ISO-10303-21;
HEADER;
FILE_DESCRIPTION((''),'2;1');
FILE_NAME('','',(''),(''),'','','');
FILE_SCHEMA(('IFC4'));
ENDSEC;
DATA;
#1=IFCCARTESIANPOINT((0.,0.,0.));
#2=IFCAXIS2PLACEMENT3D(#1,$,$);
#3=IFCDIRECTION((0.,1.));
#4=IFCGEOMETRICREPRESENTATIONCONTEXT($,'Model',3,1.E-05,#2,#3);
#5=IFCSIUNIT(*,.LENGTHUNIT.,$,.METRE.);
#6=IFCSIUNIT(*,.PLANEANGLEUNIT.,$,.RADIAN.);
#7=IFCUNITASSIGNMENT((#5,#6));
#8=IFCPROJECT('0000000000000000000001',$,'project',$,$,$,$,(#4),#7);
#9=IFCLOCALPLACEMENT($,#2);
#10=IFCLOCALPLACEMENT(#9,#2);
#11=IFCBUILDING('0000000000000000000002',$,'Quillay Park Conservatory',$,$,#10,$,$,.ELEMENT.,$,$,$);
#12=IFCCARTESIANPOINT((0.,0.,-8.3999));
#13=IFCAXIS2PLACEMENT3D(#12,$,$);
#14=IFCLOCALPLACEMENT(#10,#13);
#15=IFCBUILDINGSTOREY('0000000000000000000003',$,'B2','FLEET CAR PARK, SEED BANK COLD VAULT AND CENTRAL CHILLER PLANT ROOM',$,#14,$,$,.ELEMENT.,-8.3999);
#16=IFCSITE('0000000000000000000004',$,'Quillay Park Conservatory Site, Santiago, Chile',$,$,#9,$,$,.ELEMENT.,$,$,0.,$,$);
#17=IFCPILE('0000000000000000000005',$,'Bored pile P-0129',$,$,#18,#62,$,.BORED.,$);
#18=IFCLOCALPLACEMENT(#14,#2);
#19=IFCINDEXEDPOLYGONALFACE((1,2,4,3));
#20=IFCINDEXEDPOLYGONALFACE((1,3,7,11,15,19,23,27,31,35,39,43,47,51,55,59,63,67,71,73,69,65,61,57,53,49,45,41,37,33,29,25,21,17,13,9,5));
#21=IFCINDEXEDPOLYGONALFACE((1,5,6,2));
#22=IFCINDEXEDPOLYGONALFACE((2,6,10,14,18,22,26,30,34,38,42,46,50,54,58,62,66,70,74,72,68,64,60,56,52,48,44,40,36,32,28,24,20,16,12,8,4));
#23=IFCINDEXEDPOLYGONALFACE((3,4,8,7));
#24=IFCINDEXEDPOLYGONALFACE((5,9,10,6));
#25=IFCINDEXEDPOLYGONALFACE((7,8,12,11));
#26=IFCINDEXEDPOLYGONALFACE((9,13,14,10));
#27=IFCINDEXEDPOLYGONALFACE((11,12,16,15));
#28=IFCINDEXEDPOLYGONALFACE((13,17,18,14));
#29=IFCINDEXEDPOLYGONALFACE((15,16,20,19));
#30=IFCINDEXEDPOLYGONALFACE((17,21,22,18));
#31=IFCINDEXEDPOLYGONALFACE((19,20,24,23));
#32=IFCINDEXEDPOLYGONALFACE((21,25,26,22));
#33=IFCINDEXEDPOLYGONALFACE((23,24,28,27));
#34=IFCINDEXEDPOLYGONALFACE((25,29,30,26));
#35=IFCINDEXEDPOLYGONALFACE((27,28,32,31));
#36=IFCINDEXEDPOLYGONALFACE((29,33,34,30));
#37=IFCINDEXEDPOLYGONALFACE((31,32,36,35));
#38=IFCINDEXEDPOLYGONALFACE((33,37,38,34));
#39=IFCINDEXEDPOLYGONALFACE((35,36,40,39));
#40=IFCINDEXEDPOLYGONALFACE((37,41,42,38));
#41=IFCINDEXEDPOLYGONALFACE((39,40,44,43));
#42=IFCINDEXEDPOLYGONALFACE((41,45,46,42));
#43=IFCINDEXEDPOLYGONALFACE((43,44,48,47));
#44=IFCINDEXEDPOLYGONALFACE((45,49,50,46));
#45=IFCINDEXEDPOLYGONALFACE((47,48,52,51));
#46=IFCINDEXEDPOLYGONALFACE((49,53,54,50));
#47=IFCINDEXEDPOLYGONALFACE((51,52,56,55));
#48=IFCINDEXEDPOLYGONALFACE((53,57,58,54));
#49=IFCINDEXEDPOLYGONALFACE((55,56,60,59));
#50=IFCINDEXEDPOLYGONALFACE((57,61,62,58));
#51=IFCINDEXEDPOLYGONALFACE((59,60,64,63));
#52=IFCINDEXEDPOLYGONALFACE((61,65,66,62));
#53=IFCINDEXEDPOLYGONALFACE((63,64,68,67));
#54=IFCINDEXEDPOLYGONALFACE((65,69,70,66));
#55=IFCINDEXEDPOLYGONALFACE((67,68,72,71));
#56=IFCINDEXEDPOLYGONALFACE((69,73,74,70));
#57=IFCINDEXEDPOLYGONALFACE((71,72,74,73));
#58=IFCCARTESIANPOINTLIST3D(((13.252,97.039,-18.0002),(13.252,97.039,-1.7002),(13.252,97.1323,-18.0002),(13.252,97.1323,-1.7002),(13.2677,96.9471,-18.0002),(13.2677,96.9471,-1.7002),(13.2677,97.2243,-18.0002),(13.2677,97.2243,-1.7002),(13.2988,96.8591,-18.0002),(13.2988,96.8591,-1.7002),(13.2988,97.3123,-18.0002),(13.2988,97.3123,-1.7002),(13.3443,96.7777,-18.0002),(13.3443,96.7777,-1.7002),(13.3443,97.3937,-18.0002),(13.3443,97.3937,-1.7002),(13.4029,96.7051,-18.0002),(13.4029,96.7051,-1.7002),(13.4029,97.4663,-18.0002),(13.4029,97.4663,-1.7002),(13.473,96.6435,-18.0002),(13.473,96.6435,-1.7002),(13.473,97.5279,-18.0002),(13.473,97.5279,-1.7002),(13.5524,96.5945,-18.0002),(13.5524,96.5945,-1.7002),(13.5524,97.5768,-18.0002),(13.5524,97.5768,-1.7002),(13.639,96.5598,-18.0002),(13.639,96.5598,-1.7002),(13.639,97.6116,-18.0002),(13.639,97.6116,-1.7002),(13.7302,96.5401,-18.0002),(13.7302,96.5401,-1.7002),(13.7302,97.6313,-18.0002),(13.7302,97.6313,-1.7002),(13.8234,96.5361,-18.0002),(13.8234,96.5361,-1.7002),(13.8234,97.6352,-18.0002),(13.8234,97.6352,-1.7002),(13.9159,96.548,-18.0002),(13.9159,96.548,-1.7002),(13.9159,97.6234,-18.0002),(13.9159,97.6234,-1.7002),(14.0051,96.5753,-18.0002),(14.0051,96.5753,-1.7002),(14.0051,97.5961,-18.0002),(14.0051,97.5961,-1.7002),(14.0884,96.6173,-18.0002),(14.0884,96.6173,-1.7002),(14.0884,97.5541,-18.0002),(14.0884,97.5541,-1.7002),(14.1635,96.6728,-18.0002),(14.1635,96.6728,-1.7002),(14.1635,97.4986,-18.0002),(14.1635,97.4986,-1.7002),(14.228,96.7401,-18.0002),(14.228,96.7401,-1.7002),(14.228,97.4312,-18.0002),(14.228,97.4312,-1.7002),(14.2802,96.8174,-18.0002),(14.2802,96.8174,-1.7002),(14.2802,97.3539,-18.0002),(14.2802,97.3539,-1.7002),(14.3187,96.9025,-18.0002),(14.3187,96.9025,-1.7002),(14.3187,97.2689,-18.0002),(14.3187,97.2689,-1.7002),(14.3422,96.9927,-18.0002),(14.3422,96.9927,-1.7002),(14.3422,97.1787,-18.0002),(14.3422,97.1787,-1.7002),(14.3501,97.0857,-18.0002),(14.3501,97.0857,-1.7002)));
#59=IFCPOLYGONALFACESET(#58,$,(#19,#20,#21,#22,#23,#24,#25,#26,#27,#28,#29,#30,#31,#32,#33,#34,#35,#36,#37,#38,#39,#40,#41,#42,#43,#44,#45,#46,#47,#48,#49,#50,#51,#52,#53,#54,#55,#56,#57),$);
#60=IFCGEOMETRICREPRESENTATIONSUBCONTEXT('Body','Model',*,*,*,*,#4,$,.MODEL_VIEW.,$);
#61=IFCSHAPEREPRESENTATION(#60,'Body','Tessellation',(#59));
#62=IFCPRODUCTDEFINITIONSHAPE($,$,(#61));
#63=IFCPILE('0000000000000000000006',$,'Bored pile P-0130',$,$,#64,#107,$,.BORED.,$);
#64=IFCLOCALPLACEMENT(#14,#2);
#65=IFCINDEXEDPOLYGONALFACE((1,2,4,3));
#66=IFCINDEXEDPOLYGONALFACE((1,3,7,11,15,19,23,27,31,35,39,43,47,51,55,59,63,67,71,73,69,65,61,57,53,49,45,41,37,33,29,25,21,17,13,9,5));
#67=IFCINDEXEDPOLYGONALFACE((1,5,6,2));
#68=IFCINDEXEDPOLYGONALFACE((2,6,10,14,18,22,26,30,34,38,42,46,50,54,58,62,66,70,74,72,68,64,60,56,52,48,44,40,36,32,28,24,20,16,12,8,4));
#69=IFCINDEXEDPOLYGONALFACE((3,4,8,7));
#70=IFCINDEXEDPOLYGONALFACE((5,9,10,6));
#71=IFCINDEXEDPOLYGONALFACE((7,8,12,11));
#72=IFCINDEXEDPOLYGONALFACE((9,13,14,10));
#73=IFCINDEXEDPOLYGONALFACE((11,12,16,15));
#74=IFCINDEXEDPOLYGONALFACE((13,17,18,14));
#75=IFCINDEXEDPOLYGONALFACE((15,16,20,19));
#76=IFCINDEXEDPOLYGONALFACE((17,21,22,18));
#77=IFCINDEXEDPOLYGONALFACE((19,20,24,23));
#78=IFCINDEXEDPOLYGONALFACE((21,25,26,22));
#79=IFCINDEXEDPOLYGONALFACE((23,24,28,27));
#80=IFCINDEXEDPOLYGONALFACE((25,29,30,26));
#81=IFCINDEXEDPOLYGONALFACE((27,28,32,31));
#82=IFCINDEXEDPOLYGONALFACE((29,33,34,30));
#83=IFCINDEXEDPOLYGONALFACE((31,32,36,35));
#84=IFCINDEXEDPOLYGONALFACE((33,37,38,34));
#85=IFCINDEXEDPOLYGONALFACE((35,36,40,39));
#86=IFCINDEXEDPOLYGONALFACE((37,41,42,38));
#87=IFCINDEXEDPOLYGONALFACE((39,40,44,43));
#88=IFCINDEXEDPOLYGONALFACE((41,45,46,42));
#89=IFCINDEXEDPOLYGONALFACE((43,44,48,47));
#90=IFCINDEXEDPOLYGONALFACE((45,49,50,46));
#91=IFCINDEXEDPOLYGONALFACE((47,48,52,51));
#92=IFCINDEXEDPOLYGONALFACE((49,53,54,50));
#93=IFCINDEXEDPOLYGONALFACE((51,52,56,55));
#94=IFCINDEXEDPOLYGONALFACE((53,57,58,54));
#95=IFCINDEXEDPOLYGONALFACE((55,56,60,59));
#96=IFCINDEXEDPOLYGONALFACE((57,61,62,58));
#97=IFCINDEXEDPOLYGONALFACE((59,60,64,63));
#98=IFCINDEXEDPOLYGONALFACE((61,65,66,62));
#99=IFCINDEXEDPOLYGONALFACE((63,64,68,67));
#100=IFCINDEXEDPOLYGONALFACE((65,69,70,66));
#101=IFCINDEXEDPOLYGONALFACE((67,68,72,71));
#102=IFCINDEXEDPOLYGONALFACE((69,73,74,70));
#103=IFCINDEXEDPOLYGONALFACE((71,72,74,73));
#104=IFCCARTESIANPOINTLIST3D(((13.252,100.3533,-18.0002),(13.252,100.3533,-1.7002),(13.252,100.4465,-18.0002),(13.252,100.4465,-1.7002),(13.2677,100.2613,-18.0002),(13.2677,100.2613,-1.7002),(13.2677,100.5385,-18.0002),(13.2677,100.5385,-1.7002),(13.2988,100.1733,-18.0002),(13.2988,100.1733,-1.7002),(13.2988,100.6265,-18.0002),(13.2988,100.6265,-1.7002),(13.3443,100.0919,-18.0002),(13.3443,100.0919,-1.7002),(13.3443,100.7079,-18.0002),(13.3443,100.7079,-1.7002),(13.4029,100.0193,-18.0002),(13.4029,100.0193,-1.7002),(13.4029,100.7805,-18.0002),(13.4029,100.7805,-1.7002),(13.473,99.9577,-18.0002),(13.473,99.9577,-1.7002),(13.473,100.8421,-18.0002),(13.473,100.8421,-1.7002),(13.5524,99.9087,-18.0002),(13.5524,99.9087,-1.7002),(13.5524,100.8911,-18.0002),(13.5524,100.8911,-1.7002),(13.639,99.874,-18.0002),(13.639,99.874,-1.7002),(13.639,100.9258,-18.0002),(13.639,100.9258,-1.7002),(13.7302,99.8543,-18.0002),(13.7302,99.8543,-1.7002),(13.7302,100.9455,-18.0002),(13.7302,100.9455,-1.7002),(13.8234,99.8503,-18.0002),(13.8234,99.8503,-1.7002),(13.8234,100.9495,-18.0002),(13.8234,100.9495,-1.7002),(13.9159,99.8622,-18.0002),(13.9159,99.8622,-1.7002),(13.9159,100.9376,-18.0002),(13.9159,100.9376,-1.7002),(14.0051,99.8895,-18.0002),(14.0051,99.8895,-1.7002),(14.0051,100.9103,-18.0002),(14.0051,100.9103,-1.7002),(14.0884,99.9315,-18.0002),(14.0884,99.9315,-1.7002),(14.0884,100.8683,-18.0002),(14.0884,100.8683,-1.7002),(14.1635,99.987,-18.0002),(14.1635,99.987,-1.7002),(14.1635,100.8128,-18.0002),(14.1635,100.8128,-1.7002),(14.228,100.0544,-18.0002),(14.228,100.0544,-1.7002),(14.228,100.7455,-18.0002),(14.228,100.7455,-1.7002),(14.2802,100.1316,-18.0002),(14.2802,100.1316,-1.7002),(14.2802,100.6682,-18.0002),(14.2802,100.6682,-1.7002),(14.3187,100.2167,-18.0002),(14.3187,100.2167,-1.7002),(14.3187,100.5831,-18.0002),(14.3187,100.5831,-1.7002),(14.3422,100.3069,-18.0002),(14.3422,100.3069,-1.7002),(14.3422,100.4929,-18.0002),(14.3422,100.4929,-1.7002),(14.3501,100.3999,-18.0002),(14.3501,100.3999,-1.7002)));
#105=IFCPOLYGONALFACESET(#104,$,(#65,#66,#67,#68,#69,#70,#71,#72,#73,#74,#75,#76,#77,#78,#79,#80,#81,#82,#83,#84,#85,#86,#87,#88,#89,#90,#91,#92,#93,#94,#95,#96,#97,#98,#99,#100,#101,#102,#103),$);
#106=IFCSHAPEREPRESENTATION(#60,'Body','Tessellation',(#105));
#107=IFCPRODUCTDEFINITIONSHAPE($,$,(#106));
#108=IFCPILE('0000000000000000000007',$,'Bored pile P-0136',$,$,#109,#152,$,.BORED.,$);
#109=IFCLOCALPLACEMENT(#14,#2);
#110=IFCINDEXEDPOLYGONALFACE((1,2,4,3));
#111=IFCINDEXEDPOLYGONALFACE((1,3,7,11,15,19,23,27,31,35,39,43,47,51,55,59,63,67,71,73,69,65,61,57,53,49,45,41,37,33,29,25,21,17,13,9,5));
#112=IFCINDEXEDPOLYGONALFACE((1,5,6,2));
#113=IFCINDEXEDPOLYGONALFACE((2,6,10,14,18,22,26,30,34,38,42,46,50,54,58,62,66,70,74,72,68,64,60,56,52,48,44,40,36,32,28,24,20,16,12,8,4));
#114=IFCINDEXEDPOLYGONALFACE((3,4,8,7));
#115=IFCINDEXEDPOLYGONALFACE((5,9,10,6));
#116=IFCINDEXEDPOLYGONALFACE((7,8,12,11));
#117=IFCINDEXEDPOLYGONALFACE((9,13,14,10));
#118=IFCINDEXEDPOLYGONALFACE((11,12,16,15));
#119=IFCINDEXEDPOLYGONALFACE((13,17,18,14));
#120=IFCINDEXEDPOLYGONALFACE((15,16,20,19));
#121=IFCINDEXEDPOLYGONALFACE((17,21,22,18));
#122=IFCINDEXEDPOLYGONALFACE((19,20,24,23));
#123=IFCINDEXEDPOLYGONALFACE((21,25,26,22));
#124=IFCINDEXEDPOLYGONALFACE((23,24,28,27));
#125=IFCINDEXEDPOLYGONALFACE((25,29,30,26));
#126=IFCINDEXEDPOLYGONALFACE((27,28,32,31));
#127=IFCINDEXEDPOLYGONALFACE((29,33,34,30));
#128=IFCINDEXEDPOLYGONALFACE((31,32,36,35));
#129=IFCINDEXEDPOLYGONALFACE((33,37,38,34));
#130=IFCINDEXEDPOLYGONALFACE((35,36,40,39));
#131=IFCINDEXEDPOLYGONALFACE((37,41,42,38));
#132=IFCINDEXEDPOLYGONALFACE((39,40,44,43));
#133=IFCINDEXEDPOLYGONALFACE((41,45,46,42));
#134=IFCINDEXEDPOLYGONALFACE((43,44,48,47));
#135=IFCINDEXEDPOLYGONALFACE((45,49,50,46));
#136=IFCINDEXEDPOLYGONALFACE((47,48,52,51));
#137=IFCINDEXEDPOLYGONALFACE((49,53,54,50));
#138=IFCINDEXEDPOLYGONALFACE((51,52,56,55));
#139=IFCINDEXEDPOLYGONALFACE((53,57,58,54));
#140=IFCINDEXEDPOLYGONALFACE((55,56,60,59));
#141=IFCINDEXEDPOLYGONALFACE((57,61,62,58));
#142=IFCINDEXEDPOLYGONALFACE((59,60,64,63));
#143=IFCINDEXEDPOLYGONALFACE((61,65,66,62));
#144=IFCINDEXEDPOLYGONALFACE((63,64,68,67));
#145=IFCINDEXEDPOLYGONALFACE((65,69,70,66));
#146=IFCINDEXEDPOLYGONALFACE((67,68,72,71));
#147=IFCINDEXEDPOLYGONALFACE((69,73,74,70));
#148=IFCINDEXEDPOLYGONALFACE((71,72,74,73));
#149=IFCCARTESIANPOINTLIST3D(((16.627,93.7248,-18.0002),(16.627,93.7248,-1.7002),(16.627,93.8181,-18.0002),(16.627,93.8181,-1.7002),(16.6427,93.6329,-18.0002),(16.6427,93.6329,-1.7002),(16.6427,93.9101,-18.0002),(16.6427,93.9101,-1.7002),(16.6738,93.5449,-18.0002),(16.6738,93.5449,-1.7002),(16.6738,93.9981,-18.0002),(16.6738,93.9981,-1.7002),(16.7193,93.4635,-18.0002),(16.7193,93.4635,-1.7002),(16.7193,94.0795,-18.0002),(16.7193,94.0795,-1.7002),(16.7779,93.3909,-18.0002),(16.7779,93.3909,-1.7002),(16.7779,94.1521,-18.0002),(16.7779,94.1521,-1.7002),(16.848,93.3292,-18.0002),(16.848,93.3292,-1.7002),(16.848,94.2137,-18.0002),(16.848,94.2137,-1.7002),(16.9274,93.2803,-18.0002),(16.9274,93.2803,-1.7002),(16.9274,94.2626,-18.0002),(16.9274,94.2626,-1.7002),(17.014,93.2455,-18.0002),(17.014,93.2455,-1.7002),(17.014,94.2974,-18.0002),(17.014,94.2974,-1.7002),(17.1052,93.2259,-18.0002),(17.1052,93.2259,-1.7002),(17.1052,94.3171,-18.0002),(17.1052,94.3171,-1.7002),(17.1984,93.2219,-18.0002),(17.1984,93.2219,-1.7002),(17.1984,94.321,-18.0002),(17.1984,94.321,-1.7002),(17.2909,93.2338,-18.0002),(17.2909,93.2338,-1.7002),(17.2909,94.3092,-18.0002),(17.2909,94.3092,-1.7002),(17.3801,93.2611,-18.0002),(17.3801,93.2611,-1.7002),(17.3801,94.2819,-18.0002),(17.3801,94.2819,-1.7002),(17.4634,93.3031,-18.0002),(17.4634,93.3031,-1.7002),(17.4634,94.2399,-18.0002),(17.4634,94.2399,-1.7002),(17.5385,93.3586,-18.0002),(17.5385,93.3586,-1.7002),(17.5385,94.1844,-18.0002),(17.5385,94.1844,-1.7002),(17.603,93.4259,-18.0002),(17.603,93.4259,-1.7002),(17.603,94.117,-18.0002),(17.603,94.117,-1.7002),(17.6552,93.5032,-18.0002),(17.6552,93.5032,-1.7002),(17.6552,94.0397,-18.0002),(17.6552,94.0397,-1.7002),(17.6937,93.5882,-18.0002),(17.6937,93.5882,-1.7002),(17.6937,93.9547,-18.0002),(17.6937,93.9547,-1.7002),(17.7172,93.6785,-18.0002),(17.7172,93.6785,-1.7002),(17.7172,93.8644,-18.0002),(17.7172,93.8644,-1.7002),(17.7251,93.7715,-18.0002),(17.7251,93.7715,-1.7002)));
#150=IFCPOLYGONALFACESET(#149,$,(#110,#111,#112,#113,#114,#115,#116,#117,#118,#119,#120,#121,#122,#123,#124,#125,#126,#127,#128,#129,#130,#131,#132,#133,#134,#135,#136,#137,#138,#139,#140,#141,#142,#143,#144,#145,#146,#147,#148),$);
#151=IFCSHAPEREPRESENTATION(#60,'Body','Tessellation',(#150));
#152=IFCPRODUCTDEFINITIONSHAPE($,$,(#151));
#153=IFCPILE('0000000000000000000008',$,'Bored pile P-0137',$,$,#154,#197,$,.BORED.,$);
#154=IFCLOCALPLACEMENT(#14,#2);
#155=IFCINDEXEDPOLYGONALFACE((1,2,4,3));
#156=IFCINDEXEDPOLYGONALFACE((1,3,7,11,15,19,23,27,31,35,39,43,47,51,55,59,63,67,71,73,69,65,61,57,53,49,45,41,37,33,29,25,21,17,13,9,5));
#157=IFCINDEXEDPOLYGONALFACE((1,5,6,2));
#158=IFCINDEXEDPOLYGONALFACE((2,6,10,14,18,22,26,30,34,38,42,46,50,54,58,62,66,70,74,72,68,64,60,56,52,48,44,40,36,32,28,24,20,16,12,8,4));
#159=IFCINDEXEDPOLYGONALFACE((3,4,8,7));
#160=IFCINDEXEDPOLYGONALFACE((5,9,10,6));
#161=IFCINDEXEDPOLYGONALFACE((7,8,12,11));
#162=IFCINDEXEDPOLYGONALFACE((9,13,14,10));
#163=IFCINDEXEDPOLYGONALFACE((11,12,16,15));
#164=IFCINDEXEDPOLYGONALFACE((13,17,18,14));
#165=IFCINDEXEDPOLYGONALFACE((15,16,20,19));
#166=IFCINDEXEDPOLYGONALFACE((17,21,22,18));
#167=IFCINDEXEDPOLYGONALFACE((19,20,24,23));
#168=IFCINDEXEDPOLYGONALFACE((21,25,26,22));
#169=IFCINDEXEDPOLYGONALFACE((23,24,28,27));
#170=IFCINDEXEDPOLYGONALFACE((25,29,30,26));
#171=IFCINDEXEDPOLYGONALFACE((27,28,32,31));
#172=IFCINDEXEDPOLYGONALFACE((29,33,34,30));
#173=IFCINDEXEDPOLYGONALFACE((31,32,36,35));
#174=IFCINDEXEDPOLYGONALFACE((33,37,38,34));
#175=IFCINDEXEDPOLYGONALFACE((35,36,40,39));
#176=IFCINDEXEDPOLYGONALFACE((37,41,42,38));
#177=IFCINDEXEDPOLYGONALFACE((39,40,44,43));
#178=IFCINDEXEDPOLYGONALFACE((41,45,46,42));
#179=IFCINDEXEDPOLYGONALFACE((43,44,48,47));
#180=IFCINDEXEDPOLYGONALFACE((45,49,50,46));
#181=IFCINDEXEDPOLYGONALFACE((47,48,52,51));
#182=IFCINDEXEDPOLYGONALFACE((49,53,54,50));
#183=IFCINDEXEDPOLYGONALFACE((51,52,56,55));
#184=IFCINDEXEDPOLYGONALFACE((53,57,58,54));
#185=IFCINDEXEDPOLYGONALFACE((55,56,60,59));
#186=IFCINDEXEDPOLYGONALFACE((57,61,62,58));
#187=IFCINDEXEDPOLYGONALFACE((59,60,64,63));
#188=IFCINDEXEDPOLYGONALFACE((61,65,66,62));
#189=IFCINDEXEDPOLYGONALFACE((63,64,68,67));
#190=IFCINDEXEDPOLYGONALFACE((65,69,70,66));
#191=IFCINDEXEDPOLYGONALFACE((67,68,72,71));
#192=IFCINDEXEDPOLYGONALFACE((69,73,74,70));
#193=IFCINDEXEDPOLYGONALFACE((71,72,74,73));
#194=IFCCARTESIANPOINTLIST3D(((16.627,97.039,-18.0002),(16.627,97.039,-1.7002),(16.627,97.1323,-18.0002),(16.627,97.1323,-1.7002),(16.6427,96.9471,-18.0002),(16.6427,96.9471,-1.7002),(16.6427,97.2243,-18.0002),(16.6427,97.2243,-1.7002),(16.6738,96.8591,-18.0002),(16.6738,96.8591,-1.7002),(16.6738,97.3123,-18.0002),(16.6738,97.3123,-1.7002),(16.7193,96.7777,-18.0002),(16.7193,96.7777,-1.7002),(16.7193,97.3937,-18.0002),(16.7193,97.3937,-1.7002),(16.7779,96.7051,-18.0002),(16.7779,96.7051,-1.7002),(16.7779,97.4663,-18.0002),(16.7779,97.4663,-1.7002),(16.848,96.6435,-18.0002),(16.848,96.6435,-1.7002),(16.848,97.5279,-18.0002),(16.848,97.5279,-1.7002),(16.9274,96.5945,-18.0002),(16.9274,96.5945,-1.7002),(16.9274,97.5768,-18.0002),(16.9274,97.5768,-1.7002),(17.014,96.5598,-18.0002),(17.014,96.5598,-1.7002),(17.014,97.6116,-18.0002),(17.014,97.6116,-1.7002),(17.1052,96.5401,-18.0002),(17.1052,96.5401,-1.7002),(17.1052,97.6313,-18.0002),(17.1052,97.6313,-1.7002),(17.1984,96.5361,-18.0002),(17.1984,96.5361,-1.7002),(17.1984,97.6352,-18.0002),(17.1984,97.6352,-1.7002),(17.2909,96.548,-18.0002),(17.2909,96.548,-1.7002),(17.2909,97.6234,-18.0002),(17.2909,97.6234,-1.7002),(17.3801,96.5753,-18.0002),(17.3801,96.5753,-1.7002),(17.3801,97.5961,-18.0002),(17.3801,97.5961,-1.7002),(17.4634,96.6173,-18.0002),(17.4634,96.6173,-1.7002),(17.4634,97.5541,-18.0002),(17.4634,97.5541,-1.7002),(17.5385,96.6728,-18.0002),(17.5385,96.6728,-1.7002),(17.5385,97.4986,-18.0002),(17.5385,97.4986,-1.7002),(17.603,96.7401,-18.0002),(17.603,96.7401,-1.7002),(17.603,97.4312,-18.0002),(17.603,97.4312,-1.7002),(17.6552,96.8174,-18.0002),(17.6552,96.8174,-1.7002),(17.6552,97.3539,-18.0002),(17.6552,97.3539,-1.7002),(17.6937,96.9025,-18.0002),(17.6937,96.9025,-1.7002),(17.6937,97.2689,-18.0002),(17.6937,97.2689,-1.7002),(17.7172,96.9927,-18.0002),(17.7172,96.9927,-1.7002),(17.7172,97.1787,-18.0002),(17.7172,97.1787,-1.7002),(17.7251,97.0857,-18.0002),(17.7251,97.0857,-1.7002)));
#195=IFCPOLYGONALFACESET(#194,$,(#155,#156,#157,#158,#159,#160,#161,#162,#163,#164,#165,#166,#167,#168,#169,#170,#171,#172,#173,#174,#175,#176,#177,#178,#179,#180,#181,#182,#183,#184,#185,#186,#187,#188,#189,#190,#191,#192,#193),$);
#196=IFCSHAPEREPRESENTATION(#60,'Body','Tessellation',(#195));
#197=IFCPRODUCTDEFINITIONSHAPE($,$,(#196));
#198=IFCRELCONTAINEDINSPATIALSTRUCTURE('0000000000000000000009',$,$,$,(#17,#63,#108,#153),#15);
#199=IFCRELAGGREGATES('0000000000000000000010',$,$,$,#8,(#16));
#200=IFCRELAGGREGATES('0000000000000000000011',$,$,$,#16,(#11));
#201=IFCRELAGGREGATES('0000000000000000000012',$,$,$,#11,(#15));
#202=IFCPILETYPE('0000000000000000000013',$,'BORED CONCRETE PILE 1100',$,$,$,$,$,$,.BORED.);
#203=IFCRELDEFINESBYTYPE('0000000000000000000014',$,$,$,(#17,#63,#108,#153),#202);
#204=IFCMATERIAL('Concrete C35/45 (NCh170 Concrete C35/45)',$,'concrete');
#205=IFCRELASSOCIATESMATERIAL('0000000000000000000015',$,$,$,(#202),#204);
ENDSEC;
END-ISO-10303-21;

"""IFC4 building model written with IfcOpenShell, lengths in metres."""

from ifc_helpers import new_model, si_unit, direction, frame, origin, origin_2d, place, context, subcontext, project, spatial, circle, extrude, material, material_profile, profile_set, type_object, element, save


model = new_model("IFC4")

# Units and contexts
model_context = context("Model", 3, precision=1e-05, world=origin(), true_north=direction((0.0, 1.0)))
body_context = subcontext(model_context, "Body", "Model", "MODEL_VIEW")
ifc_project = project(units=[si_unit("LENGTHUNIT", "METRE"), si_unit("PLANEANGLEUNIT", "RADIAN")], contexts=[model_context])

# Site, building, storey
site_placement = place(None, origin())
site = spatial("IfcSite", under=ifc_project, at=site_placement, Name="Quillay Park Conservatory Site, Santiago, Chile", CompositionType="ELEMENT", RefElevation=0.0)
building_placement = place(site_placement, origin())
building = spatial("IfcBuilding", under=site, at=building_placement, Name="Quillay Park Conservatory", CompositionType="ELEMENT")
storey_placement = place(building_placement, frame((0.0, 0.0, -8.3999)))
storey = spatial("IfcBuildingStorey", under=building, at=storey_placement, Name="B2", Description="FLEET CAR PARK, SEED BANK COLD VAULT AND CENTRAL CHILLER PLANT ROOM", CompositionType="ELEMENT", Elevation=-8.3999)

# Piles
ifc_material_1 = material(Name="Concrete C35/45 (NCh170 Concrete C35/45)", Category="concrete")
ifc_material_profile_1 = material_profile(ifc_material_1, circle(Radius=0.55, at=origin_2d()), Name="PILE1100")
ifc_profile_set_1 = profile_set([ifc_material_profile_1], Name="Concrete C35/45 (NCh170 Concrete C35/45)")
pile_type = type_object("IfcPileType", Name="BORED CONCRETE PILE 1100", PredefinedType="BORED", material=ifc_profile_set_1)
for number, where, z_axis, x_axis, name in (
    (1, (13.8, 97.0857, -1.7002), (0.0, 0.0, -1.0), (1.0, 0.0, 0.0), "Bored pile P-0129"),
    (2, (13.8, 100.3999, -1.7002), (0.0, 0.0, -1.0), (1.0, 0.0, 0.0), "Bored pile P-0130"),
    (3, (17.175, 93.7715, -1.7002), (0.0, 0.0, -1.0), (1.0, 0.0, 0.0), "Bored pile P-0136"),
    (4, (17.175, 97.0857, -1.7002), (0.0, 0.0, -1.0), (1.0, 0.0, 0.0), "Bored pile P-0137"),
):
    element("IfcPile", number, at=place(storey_placement, frame(where, z_axis=z_axis, x_axis=x_axis)), inside=storey, type_object=pile_type, Name=name, PredefinedType="BORED", context=body_context, shape_type="SweptSolid", body=[
        extrude(circle(Radius=0.55, at=origin_2d()), origin(), (0.0, 0.0, 1.0), 16.3),
    ])

save(model, "model.ifc")
